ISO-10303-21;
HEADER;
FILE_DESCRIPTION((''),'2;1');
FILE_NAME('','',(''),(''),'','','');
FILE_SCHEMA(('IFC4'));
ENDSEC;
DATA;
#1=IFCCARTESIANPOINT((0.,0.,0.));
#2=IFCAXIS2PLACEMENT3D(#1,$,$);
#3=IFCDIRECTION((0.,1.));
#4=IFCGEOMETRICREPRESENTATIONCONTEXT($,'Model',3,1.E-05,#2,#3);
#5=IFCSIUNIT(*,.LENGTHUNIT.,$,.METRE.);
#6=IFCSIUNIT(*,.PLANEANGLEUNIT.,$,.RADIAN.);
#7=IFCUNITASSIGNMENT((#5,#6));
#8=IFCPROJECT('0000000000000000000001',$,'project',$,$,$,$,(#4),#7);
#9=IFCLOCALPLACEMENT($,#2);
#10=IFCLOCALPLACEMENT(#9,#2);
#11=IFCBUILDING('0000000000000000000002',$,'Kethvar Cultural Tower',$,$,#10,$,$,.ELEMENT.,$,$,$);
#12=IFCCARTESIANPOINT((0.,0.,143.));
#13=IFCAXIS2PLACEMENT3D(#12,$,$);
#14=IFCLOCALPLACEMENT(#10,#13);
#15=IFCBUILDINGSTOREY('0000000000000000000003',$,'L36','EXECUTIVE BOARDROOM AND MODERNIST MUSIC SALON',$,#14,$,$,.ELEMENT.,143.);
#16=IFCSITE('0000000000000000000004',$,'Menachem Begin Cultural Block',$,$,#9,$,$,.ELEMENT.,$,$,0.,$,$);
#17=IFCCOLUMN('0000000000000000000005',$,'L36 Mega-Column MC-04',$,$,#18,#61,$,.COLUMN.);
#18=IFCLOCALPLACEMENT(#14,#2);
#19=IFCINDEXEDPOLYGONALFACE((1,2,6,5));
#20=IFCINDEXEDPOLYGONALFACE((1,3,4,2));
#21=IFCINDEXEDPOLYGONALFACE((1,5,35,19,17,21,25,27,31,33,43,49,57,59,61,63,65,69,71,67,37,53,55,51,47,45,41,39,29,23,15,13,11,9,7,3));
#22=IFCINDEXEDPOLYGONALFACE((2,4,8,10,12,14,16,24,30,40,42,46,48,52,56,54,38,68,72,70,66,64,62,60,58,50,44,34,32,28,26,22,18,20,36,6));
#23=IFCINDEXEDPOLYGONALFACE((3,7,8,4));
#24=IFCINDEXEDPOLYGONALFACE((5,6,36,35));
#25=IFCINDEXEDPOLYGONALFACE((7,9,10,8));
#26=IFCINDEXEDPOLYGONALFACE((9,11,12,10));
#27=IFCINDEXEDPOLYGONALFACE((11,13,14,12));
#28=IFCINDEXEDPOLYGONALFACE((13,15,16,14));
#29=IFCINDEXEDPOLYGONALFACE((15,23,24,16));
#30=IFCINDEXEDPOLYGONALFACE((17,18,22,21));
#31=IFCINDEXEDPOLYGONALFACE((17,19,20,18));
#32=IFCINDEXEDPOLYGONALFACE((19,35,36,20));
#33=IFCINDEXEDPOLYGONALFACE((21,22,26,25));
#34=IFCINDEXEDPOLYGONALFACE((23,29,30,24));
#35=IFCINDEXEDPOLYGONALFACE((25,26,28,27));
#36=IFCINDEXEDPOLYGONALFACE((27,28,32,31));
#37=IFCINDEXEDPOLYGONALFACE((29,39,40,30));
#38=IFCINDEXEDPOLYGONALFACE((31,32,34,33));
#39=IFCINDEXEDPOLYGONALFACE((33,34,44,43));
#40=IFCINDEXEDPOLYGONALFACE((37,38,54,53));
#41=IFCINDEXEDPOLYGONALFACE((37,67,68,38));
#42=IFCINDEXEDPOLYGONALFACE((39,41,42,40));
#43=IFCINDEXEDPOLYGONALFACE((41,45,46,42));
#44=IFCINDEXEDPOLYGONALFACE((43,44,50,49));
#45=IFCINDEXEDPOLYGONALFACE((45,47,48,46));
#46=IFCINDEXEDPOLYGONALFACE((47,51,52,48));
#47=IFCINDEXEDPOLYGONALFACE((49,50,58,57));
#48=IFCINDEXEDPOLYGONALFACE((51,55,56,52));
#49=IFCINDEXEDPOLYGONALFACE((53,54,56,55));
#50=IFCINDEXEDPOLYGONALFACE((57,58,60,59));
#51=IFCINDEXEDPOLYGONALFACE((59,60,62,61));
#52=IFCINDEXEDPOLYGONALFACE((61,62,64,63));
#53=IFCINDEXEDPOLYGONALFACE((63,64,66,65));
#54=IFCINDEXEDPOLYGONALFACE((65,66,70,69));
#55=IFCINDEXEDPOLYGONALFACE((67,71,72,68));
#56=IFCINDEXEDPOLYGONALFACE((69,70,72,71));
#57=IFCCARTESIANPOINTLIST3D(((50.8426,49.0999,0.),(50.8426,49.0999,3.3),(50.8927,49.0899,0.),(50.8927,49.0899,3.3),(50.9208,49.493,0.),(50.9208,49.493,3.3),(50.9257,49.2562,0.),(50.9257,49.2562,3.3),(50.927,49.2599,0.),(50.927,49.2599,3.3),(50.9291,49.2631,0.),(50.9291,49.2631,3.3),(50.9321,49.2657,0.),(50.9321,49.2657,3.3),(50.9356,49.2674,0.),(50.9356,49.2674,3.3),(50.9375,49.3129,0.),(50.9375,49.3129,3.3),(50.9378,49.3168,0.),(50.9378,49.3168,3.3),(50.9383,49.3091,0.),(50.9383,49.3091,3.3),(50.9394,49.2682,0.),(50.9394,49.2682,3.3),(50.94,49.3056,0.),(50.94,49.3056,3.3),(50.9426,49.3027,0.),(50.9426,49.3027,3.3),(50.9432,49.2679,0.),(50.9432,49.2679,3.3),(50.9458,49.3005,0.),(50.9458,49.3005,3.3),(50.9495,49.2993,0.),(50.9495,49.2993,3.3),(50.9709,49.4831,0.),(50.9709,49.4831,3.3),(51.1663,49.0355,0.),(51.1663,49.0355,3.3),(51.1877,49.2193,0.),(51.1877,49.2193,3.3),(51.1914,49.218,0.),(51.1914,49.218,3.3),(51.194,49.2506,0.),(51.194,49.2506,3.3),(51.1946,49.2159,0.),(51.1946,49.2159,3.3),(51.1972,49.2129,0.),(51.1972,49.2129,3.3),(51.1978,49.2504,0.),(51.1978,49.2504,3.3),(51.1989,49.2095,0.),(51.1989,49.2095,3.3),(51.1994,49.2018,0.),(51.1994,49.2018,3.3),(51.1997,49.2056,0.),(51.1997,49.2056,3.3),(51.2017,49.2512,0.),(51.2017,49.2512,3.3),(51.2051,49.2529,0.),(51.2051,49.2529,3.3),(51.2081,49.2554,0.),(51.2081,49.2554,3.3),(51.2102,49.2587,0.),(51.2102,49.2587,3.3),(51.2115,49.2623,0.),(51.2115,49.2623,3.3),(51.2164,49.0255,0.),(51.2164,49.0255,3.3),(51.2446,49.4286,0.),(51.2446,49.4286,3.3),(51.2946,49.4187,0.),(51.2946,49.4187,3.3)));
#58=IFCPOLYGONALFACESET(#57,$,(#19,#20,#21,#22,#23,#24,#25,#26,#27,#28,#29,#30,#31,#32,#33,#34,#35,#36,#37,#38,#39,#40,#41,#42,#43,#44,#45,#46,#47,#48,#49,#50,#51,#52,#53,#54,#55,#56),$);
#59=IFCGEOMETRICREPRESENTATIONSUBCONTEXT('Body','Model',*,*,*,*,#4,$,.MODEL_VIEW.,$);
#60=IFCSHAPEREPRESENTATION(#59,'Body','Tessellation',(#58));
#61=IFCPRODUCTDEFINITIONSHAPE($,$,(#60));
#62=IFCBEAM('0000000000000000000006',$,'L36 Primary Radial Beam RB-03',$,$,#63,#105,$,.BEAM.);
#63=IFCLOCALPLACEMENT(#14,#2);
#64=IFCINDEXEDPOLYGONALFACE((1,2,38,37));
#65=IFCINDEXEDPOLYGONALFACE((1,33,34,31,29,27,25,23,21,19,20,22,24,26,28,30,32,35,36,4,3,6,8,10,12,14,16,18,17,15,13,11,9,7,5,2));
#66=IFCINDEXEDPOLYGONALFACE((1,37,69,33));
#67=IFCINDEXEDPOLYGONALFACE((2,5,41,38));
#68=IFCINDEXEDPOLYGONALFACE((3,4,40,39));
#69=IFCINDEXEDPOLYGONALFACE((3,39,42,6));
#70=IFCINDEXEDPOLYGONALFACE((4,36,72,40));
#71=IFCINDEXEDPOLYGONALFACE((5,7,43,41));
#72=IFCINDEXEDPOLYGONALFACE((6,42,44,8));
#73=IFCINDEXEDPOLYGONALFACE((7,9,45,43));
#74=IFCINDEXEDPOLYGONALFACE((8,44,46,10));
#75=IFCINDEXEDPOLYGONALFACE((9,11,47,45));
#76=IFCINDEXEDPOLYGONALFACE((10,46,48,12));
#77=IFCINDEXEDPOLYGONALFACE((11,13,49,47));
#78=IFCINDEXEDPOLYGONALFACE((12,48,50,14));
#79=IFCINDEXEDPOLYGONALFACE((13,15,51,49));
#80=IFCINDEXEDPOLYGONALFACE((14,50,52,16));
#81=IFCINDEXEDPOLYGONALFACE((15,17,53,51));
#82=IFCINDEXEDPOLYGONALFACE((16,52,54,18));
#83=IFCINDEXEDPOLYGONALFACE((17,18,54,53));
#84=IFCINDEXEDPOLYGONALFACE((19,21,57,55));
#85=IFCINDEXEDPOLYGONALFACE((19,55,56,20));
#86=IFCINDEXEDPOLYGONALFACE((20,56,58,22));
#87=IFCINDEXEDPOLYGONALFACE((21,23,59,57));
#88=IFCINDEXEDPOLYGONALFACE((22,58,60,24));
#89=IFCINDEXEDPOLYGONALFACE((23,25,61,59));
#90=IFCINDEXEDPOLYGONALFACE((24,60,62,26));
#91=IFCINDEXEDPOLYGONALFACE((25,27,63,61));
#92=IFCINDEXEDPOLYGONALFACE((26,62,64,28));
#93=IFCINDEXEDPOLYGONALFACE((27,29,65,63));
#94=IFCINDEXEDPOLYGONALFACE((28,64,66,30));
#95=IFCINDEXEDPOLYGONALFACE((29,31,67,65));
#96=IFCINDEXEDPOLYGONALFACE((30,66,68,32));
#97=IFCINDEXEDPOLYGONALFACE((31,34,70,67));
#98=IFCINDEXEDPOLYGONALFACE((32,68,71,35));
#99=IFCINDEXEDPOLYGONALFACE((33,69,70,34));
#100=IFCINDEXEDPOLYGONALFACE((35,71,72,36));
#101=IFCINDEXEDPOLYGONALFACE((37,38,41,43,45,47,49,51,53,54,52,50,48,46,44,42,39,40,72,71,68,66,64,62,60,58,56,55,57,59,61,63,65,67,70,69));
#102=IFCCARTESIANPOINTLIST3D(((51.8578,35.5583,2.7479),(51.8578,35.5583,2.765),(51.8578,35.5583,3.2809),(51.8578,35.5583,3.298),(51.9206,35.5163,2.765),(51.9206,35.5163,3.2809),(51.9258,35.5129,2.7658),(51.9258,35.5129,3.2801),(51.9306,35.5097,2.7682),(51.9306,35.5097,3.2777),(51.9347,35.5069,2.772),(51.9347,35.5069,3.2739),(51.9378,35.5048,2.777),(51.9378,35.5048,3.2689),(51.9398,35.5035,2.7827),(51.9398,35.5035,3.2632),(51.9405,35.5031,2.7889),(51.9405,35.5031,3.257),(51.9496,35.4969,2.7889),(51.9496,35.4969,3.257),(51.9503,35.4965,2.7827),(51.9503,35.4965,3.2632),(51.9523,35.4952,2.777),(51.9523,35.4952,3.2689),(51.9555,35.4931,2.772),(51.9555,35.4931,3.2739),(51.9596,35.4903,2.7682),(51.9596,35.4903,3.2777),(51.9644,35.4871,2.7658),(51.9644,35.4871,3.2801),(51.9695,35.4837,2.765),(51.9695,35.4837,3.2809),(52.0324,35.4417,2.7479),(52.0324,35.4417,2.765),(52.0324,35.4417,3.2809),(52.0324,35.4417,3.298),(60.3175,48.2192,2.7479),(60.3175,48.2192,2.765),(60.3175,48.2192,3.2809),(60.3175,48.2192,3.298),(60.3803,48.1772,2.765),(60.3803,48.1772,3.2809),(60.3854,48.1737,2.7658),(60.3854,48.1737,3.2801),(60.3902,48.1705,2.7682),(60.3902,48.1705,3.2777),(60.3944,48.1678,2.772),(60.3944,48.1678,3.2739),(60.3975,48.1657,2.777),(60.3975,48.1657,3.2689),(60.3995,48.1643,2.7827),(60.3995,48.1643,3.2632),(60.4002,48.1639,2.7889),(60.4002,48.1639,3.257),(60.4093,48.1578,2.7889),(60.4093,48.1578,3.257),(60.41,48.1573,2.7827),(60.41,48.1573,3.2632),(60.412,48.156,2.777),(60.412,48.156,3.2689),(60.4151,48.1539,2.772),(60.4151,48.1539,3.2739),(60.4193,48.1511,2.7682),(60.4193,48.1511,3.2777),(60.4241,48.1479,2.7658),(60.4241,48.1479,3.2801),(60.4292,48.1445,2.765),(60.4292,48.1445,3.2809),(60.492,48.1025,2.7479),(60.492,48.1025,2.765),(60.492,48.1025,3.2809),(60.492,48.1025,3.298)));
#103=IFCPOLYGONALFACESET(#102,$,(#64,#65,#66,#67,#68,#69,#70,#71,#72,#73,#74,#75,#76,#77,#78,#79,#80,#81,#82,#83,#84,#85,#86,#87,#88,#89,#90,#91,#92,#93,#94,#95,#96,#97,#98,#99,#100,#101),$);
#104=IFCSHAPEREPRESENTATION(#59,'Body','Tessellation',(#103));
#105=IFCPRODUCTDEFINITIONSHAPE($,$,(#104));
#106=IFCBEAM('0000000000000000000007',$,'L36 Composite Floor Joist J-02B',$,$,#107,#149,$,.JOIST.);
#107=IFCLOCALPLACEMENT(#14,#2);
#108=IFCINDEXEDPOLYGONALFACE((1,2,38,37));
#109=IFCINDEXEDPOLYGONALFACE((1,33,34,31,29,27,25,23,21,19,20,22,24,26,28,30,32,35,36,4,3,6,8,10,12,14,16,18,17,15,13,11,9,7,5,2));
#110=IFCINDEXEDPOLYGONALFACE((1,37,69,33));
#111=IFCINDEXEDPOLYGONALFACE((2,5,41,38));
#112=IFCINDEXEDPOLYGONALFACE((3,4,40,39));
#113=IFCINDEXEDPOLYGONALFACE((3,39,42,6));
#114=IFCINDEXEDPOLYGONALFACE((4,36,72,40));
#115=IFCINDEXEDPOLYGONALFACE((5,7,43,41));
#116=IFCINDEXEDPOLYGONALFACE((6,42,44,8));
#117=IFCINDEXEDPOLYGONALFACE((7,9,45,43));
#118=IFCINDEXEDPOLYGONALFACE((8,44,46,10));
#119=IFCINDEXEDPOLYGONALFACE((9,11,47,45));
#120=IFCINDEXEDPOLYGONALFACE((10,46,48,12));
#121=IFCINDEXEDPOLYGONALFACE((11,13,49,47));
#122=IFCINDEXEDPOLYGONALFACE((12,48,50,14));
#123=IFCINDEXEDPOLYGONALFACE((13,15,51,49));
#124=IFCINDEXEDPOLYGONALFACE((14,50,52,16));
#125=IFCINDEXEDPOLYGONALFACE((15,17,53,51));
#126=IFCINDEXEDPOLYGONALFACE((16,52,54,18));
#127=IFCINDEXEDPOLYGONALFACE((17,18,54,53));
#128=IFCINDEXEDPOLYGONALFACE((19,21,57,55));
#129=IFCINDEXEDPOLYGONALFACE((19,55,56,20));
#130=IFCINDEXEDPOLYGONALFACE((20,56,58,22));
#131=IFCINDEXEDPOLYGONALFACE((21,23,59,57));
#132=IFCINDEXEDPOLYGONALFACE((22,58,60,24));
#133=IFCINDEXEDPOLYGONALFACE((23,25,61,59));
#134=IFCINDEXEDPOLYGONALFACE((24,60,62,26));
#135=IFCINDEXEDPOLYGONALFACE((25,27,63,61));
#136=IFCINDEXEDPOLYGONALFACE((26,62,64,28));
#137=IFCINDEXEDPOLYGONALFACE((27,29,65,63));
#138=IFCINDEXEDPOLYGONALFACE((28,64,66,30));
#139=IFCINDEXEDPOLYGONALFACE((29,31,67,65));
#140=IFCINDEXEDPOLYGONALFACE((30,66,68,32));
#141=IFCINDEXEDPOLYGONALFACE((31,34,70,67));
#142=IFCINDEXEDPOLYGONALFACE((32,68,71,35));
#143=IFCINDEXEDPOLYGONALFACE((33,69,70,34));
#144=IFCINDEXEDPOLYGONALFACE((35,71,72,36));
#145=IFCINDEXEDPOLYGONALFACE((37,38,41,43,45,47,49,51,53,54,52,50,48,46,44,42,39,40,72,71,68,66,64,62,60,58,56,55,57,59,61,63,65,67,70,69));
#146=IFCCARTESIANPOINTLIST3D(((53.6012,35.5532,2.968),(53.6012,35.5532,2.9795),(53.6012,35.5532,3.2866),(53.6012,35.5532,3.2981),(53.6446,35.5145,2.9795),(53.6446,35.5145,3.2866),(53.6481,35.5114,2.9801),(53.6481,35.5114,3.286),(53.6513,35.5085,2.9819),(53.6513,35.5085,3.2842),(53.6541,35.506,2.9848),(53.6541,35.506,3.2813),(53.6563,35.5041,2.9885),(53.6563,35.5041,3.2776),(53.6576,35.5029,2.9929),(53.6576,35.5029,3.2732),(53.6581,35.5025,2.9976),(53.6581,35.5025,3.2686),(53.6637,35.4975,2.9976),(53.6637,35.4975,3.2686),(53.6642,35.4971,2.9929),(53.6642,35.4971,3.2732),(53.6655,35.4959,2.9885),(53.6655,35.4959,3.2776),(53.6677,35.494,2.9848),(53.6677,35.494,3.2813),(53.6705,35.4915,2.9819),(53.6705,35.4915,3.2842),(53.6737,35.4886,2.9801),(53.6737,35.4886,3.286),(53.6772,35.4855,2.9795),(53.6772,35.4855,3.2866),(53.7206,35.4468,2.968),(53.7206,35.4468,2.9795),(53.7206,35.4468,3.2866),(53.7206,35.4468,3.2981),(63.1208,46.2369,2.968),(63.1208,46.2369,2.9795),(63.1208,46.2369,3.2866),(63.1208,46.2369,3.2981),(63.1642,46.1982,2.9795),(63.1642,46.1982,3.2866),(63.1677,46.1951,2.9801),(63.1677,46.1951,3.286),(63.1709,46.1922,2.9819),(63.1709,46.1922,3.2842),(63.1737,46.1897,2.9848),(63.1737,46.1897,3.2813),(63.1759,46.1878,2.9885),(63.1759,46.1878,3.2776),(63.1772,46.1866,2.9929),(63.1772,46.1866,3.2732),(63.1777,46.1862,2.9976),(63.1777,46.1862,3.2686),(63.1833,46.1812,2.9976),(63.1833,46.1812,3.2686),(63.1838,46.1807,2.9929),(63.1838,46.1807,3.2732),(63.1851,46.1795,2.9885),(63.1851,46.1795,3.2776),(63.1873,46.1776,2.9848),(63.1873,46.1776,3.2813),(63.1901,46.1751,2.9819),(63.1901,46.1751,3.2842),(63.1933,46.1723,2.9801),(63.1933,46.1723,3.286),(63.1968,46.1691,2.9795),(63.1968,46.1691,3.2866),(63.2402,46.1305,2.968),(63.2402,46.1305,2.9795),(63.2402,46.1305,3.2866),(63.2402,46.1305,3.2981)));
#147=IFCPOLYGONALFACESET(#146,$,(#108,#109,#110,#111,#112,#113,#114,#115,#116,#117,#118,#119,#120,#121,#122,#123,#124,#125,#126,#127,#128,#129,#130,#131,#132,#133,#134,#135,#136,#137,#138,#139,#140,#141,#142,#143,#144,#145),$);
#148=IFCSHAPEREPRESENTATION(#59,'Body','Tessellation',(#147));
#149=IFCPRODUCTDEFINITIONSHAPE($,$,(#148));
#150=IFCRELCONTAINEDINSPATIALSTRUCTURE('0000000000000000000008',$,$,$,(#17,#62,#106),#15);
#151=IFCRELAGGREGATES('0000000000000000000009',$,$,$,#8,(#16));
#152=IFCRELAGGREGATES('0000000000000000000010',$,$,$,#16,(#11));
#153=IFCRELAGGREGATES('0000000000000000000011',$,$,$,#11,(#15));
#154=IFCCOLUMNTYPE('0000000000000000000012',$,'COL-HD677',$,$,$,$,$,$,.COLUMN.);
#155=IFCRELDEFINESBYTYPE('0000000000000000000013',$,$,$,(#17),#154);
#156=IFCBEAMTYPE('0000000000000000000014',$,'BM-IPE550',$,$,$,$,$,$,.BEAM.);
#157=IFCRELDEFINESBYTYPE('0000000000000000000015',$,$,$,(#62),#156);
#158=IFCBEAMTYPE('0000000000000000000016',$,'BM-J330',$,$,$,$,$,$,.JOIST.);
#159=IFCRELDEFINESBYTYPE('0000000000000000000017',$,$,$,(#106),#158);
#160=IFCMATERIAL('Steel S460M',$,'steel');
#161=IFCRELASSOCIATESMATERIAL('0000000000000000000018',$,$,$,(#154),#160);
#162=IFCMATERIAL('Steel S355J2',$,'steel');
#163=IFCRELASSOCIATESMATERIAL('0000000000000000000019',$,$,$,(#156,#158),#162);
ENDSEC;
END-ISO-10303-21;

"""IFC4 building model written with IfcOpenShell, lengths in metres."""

from ifc_helpers import new_model, si_unit, direction, frame, origin, origin_2d, place, context, subcontext, project, spatial, i_section, extrude, source, transform, mapped, material, material_profile, profile_set, type_object, element, save


model = new_model("IFC4")

# Units and contexts
model_context = context("Model", 3, precision=1e-05, world=origin(), true_north=direction((0.0, 1.0)))
body_context = subcontext(model_context, "Body", "Model", "MODEL_VIEW")
ifc_project = project(units=[si_unit("LENGTHUNIT", "METRE"), si_unit("PLANEANGLEUNIT", "RADIAN")], contexts=[model_context])

# Site, building, storey
site_placement = place(None, origin())
site = spatial("IfcSite", under=ifc_project, at=site_placement, Name="Menachem Begin Cultural Block", CompositionType="ELEMENT", RefElevation=0.0)
building_placement = place(site_placement, origin())
building = spatial("IfcBuilding", under=site, at=building_placement, Name="Kethvar Cultural Tower", CompositionType="ELEMENT")
storey_placement = place(building_placement, frame((0.0, 0.0, 143.0)))
storey = spatial("IfcBuildingStorey", under=building, at=storey_placement, Name="L36", Description="EXECUTIVE BOARDROOM AND MODERNIST MUSIC SALON", CompositionType="ELEMENT", Elevation=143.0)

# Column
ifc_material_1 = material(Name="Steel S460M", Category="steel")
ifc_material_profile_1 = material_profile(ifc_material_1, i_section(OverallWidth=0.4009, OverallDepth=0.3811, WebThickness=0.032, FlangeThickness=0.051, FilletRadius=0.0149, at=origin_2d()), Name="Steel S460M — HD400x677")
ifc_profile_set_1 = profile_set([ifc_material_profile_1], Name="Steel S460M — HD400x677")
column_type = type_object("IfcColumnType", Name="COL-HD677", PredefinedType="COLUMN", material=ifc_profile_set_1)
shared_shape_1 = source(origin(), body_context, "Body", "SweptSolid", [
    extrude(i_section(OverallWidth=0.4009, OverallDepth=0.3811, WebThickness=0.032, FlangeThickness=0.051, FilletRadius=0.0149, at=origin_2d()), origin(), (0.0, 0.0, 1.0), 3.3),
])
column_placement = place(storey_placement, frame((51.0686, 49.2593, 0.0), z_axis=(0.0, 0.0, 1.0), x_axis=(0.19509, 0.980785, 0.0)))
element("IfcColumn", 1, at=column_placement, inside=storey, type_object=column_type, Name="L36 Mega-Column MC-04", PredefinedType="COLUMN", context=body_context, shape_type="MappedRepresentation", body=[
    mapped(shared_shape_1, transform((0.0, 0.0, 0.0), scale=1.0)),
])

# Beams
ifc_material_2 = material(Name="Steel S355J2", Category="steel")
ifc_material_profile_2 = material_profile(ifc_material_2, i_section(OverallWidth=0.21, OverallDepth=0.55, WebThickness=0.011, FlangeThickness=0.0171, FilletRadius=0.0239, at=origin_2d()), Name="Steel S355J2 — IPE550")
ifc_profile_set_2 = profile_set([ifc_material_profile_2], Name="Steel S355J2 — IPE550")
beam_type_1 = type_object("IfcBeamType", Name="BM-IPE550", PredefinedType="BEAM", material=ifc_profile_set_2)
shared_shape_2 = source(origin(), body_context, "Body", "SweptSolid", [
    extrude(i_section(OverallWidth=0.21, OverallDepth=0.55, WebThickness=0.011, FlangeThickness=0.0171, FilletRadius=0.0239, at=origin_2d()), origin(), (0.0, 0.0, 1.0), 15.2271),
])
beam_1_placement = place(storey_placement, frame((51.9451, 35.5, 3.0229), z_axis=(0.555569, 0.83147, 0.0), x_axis=(-0.83147, 0.555569, 0.0)))
element("IfcBeam", 2, at=beam_1_placement, inside=storey, type_object=beam_type_1, Name="L36 Primary Radial Beam RB-03", PredefinedType="BEAM", context=body_context, shape_type="MappedRepresentation", body=[
    mapped(shared_shape_2, transform((0.0, 0.0, 0.0), scale=1.0)),
])
ifc_material_profile_3 = material_profile(ifc_material_2, i_section(OverallWidth=0.1599, OverallDepth=0.3301, WebThickness=0.0076, FlangeThickness=0.0115, FilletRadius=0.0181, at=origin_2d()), Name="Steel S355J2 — IPE330")
ifc_profile_set_3 = profile_set([ifc_material_profile_3], Name="Steel S355J2 — IPE330")
beam_type_2 = type_object("IfcBeamType", Name="BM-J330", PredefinedType="JOIST", material=ifc_profile_set_3)
shared_shape_3 = source(origin(), body_context, "Body", "SweptSolid", [
    extrude(i_section(OverallWidth=0.1599, OverallDepth=0.3301, WebThickness=0.0076, FlangeThickness=0.0115, FilletRadius=0.0181, at=origin_2d()), origin(), (0.0, 0.0, 1.0), 14.3096),
])
beam_2_placement = place(storey_placement, frame((53.6609, 35.5, 3.1331), z_axis=(0.665261, 0.746611, 0.0), x_axis=(-0.746611, 0.665261, 0.0)))
element("IfcBeam", 3, at=beam_2_placement, inside=storey, type_object=beam_type_2, Name="L36 Composite Floor Joist J-02B", PredefinedType="JOIST", context=body_context, shape_type="MappedRepresentation", body=[
    mapped(shared_shape_3, transform((0.0, 0.0, 0.0), scale=1.0)),
])

save(model, "model.ifc")
